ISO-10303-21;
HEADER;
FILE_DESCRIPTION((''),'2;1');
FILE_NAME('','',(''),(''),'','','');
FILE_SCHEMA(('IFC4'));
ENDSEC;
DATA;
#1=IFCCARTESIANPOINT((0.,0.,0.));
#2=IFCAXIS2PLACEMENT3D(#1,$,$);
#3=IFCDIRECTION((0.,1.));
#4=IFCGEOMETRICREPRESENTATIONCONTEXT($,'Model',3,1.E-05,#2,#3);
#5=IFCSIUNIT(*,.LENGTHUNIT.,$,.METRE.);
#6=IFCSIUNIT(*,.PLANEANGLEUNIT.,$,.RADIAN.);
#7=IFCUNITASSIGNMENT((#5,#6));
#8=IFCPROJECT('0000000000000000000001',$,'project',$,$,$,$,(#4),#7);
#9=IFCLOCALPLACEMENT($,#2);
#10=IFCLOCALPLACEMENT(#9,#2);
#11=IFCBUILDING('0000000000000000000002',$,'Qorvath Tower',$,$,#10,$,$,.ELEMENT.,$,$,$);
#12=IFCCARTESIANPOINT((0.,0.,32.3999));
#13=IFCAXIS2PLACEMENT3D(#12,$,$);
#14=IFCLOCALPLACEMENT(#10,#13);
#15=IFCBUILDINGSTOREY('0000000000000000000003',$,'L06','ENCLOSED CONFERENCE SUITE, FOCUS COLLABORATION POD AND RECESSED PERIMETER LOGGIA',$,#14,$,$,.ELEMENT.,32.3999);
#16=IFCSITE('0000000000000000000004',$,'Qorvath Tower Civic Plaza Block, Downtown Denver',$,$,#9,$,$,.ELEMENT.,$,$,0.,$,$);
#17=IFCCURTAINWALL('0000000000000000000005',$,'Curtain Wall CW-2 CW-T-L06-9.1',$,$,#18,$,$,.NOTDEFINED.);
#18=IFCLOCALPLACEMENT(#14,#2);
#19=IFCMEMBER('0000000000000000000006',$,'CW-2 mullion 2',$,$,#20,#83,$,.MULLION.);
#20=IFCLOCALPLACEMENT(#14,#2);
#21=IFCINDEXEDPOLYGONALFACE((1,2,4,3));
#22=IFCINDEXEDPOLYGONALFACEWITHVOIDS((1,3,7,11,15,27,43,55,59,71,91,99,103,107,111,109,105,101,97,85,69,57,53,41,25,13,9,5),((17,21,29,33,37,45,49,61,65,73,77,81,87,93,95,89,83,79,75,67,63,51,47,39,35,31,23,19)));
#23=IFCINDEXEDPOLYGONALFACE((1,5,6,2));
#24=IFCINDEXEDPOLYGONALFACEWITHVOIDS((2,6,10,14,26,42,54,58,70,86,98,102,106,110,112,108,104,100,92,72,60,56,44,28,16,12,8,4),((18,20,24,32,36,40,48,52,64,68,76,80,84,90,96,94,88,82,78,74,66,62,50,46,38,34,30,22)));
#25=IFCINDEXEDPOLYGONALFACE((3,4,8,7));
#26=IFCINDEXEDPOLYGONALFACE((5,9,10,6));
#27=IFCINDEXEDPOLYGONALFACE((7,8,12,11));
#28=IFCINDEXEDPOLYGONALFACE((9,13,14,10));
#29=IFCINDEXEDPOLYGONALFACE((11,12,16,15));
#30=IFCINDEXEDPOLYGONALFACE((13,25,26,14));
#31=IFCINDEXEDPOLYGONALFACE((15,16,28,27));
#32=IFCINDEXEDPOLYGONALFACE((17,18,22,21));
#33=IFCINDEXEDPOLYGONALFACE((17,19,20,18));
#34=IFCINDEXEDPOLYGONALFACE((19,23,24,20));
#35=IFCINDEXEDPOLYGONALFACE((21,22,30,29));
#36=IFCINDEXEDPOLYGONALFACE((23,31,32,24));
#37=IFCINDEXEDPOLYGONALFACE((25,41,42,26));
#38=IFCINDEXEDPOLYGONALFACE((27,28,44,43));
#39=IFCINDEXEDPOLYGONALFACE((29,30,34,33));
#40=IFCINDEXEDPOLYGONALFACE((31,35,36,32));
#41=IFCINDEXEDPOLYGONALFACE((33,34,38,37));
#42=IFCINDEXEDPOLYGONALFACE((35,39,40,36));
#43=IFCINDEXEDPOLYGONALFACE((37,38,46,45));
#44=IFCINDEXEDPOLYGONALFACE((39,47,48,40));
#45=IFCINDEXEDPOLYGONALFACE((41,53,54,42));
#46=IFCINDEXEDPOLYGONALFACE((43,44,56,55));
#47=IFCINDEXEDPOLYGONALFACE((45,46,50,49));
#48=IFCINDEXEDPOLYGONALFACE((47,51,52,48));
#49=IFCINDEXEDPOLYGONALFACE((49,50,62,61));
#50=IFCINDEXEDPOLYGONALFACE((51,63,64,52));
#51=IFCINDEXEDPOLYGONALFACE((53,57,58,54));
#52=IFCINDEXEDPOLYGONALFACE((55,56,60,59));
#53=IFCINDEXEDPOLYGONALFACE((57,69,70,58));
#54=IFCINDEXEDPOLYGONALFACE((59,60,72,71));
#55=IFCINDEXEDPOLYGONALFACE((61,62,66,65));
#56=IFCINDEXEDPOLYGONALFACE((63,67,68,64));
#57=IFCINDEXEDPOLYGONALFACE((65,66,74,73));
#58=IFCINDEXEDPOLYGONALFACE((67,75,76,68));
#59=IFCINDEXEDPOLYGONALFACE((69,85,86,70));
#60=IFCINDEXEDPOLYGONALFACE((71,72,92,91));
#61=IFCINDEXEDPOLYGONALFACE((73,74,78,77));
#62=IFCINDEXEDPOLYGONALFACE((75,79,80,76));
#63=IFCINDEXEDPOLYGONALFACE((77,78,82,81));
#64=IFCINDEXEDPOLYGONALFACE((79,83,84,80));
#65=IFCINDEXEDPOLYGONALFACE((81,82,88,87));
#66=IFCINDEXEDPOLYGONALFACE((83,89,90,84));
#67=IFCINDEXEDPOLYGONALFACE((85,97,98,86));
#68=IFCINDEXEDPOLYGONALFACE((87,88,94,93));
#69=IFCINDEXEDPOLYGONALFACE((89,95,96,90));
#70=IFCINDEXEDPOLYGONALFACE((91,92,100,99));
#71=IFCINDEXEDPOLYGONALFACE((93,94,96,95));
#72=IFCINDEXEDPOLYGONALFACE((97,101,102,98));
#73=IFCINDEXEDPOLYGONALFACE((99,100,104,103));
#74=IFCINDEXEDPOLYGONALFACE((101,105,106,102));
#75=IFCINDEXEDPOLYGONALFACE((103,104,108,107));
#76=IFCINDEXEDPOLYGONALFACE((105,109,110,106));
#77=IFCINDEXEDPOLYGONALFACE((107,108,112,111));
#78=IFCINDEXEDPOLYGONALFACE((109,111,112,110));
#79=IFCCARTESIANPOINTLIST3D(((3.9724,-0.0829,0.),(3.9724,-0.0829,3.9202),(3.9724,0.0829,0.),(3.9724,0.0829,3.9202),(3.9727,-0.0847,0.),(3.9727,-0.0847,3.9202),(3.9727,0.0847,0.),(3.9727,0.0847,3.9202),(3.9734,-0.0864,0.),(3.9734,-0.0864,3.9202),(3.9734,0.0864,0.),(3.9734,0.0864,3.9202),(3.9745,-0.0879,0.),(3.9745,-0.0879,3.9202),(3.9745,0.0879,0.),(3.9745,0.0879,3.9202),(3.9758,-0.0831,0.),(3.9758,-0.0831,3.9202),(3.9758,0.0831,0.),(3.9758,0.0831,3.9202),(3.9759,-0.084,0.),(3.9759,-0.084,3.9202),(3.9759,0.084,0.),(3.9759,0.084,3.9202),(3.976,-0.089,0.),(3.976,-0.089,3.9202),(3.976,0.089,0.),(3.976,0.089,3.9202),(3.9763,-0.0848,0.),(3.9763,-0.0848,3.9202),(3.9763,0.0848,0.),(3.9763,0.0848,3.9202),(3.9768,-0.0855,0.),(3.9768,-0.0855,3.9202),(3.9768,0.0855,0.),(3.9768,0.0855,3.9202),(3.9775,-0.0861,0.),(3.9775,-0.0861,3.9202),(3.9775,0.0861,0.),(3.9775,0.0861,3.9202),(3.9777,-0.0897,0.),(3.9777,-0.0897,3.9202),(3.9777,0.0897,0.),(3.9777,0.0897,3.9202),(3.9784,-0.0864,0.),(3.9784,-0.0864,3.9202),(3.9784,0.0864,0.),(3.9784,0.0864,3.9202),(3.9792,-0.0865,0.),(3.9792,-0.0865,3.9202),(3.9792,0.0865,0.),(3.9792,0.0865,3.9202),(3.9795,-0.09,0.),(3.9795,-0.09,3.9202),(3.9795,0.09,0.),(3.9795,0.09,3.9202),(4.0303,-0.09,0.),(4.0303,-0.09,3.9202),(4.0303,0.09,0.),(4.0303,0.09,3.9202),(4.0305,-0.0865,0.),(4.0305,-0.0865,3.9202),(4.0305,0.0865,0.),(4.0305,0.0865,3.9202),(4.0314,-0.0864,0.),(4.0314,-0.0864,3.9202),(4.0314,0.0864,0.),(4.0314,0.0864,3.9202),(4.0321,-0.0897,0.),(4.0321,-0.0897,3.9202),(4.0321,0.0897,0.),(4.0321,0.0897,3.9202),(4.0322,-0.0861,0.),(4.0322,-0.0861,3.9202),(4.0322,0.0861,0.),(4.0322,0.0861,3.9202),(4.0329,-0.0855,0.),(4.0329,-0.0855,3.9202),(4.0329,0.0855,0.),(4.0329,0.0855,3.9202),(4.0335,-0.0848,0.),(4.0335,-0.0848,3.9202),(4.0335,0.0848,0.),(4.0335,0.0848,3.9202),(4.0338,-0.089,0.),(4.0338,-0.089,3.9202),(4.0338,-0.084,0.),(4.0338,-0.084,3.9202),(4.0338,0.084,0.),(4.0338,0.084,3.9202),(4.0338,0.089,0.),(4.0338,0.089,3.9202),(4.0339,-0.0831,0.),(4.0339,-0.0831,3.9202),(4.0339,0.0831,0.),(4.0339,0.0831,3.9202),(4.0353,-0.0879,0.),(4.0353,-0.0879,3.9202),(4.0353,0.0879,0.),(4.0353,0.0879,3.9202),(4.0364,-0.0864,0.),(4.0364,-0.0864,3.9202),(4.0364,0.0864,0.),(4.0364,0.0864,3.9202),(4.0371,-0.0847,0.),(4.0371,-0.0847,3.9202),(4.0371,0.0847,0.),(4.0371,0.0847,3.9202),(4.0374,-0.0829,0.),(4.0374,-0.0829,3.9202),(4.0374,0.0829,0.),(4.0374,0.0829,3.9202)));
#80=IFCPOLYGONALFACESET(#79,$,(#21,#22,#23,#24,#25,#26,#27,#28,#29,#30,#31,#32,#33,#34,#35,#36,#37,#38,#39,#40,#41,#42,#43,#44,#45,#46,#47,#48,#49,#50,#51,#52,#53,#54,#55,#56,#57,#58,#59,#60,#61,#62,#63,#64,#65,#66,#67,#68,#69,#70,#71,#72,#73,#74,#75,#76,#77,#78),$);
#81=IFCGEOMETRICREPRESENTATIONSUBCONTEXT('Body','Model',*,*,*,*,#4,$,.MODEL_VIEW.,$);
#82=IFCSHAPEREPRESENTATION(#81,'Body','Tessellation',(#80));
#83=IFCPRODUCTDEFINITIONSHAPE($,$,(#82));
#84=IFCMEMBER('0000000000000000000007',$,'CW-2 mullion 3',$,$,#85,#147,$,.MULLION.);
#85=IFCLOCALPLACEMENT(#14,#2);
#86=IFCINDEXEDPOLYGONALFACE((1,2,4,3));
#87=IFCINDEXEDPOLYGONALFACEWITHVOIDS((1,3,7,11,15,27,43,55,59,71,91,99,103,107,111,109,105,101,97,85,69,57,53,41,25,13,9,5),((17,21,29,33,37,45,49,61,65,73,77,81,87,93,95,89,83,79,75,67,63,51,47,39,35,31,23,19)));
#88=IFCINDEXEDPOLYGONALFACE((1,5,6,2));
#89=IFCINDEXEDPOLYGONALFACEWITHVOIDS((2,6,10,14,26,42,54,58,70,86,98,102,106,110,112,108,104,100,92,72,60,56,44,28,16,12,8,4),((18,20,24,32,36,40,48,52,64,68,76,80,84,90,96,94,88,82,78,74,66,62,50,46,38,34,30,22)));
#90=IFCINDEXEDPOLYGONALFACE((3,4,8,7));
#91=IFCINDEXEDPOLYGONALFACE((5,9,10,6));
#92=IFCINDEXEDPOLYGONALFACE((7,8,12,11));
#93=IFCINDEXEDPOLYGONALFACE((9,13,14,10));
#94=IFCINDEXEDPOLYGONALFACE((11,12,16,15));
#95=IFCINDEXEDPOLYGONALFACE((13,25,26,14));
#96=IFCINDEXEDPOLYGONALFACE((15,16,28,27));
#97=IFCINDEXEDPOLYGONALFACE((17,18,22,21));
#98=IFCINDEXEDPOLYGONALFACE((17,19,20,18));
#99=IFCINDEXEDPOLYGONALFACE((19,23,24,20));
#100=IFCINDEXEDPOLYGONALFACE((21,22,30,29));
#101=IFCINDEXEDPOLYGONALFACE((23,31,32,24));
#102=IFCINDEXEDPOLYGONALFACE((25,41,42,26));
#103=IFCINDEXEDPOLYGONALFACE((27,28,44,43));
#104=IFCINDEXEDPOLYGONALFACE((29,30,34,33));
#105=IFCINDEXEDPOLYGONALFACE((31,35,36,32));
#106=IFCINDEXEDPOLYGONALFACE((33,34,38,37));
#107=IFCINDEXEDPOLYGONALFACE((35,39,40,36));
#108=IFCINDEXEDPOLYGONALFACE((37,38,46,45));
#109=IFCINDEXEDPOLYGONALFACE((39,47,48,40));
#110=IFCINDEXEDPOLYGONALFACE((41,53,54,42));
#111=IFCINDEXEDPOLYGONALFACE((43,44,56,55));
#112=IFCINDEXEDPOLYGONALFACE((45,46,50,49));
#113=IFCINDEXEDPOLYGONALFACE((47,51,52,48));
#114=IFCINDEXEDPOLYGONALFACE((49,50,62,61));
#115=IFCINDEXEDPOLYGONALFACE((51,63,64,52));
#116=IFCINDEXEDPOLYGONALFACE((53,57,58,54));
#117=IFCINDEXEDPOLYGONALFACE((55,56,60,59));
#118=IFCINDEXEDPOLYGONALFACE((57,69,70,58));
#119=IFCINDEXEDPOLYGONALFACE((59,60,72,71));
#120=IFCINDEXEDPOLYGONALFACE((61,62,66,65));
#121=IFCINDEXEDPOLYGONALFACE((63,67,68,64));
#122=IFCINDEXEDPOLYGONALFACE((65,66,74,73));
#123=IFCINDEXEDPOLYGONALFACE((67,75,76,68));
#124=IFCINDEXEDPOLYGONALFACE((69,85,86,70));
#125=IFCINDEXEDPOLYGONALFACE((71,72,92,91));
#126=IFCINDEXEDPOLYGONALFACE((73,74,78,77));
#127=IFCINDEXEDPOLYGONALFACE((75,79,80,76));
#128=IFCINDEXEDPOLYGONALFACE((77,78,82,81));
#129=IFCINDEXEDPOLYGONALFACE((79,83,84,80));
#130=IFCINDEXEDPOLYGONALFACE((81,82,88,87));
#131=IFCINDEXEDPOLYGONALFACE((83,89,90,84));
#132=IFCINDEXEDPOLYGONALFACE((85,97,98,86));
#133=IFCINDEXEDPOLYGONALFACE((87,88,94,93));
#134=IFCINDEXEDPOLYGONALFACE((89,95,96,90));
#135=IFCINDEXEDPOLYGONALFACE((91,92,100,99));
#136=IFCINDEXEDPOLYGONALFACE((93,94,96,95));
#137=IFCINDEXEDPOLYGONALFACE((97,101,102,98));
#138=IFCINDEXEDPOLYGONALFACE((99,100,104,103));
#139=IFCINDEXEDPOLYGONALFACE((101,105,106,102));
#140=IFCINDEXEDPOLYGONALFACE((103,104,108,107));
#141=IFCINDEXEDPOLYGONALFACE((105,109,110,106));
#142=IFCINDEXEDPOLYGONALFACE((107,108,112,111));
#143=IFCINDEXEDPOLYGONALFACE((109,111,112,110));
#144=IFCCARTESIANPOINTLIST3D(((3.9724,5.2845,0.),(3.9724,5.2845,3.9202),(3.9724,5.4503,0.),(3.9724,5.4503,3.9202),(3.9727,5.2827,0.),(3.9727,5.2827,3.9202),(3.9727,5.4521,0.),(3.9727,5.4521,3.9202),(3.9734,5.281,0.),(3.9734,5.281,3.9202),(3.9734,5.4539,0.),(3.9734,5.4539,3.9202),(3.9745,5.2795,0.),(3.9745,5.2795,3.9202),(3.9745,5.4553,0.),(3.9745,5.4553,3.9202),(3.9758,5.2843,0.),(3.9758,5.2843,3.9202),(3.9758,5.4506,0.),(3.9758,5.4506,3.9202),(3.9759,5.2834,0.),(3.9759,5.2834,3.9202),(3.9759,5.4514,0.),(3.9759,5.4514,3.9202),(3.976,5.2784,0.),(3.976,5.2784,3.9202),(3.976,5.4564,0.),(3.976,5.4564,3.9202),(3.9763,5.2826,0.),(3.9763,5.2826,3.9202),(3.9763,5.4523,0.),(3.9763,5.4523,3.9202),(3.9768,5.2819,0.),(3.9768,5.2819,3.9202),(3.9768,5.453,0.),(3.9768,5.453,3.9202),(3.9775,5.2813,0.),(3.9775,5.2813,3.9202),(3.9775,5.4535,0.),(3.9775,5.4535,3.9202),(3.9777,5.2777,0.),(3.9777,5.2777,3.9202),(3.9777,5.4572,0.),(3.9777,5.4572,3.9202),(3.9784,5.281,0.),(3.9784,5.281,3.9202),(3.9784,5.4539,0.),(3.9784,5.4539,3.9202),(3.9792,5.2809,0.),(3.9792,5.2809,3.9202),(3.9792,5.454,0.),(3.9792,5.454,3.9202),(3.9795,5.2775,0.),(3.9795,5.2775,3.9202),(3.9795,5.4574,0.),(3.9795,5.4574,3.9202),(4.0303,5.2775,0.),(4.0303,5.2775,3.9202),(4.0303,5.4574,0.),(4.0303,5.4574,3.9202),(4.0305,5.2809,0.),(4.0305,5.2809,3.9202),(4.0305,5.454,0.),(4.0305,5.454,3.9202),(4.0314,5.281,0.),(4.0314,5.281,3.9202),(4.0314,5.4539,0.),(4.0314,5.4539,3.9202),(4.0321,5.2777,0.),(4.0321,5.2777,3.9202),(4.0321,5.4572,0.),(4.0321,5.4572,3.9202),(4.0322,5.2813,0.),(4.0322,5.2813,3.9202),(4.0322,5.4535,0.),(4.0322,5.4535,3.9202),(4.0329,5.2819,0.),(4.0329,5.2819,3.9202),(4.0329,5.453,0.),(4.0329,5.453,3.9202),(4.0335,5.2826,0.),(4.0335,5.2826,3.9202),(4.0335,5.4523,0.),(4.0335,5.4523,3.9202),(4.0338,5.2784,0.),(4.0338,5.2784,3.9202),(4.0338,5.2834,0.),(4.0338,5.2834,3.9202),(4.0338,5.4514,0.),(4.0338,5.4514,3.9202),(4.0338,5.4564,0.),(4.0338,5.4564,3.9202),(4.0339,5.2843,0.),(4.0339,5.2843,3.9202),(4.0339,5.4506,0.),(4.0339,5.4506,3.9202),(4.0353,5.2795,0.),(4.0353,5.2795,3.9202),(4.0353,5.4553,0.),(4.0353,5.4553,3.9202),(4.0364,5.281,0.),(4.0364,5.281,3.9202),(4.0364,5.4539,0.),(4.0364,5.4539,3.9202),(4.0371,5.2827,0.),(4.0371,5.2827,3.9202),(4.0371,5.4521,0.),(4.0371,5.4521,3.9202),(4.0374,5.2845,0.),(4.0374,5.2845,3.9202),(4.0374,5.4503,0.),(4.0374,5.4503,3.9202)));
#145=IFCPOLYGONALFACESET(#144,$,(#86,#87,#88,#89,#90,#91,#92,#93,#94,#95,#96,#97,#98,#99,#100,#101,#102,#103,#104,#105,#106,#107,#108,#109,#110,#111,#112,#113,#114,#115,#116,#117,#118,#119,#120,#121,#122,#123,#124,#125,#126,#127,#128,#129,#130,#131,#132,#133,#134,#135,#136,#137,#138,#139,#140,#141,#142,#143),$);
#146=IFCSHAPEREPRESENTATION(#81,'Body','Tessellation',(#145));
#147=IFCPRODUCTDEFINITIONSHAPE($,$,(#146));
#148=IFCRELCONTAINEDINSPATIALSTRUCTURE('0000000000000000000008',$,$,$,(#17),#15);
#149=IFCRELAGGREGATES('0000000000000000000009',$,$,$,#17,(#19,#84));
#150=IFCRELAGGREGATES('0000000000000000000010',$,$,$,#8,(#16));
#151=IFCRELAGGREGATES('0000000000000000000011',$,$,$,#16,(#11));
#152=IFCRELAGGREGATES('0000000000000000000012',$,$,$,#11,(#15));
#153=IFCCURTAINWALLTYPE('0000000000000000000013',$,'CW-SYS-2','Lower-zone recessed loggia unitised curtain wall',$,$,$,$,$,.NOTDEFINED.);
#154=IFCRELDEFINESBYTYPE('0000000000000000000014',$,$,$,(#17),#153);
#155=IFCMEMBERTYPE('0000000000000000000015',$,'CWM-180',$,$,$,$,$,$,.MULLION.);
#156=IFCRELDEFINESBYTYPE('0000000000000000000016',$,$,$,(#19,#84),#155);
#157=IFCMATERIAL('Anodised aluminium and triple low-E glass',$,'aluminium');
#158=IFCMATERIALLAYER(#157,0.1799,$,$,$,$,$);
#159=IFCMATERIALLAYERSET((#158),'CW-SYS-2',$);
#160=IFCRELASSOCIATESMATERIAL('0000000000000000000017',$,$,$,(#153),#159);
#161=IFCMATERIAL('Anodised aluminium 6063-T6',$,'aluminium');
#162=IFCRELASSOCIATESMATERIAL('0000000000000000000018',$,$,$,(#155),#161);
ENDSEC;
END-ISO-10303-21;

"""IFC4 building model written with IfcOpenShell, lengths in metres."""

from ifc_helpers import new_model, si_unit, direction, frame, origin, origin_2d, place, context, subcontext, project, spatial, hollow_rectangle, extrude, material, layer, layer_set, material_profile, profile_set, type_object, element, aggregate, save


model = new_model("IFC4")

# Units and contexts
model_context = context("Model", 3, precision=1e-05, world=origin(), true_north=direction((0.0, 1.0)))
body_context = subcontext(model_context, "Body", "Model", "MODEL_VIEW")
ifc_project = project(units=[si_unit("LENGTHUNIT", "METRE"), si_unit("PLANEANGLEUNIT", "RADIAN")], contexts=[model_context])

# Site, building, storey
site_placement = place(None, origin())
site = spatial("IfcSite", under=ifc_project, at=site_placement, Name="Qorvath Tower Civic Plaza Block, Downtown Denver", CompositionType="ELEMENT", RefElevation=0.0)
building_placement = place(site_placement, origin())
building = spatial("IfcBuilding", under=site, at=building_placement, Name="Qorvath Tower", CompositionType="ELEMENT")
storey_placement = place(building_placement, frame((0.0, 0.0, 32.3999)))
storey = spatial("IfcBuildingStorey", under=building, at=storey_placement, Name="L06", Description="ENCLOSED CONFERENCE SUITE, FOCUS COLLABORATION POD AND RECESSED PERIMETER LOGGIA", CompositionType="ELEMENT", Elevation=32.3999)

# Curtain wall, members
ifc_material_1 = material(Name="Anodised aluminium and triple low-E glass", Category="aluminium")
ifc_layer_1 = layer(ifc_material_1, 0.1799)
ifc_layer_set_1 = layer_set([ifc_layer_1], Name="CW-SYS-2")
curtain_wall_type = type_object("IfcCurtainWallType", Name="CW-SYS-2", Description="Lower-zone recessed loggia unitised curtain wall", PredefinedType="NOTDEFINED", material=ifc_layer_set_1)
curtain_wall_1_placement = place(storey_placement, origin())
curtain_wall_1 = element("IfcCurtainWall", 1, at=curtain_wall_1_placement, inside=storey, type_object=curtain_wall_type, Name="Curtain Wall CW-2 CW-T-L06-9.1", PredefinedType="NOTDEFINED")
ifc_material_2 = material(Name="Anodised aluminium 6063-T6", Category="aluminium")
ifc_material_profile_1 = material_profile(ifc_material_2, hollow_rectangle(XDim=0.0649, YDim=0.1799, WallThickness=0.0034, InnerFilletRadius=0.0034, OuterFilletRadius=0.0071, at=origin_2d()), Name="CWM 180x65")
ifc_profile_set_1 = profile_set([ifc_material_profile_1], Name="Anodised aluminium 6063-T6")
member_type_1 = type_object("IfcMemberType", Name="CWM-180", PredefinedType="MULLION", material=ifc_profile_set_1)
member_1_placement = place(storey_placement, frame((4.0049, 0.0, 0.0), z_axis=(0.0, 0.0, 1.0), x_axis=(-1.0, 0.0, 0.0)))
member_1 = element("IfcMember", 2, at=member_1_placement, type_object=member_type_1, Name="CW-2 mullion 2", PredefinedType="MULLION", context=body_context, shape_type="SweptSolid", body=[
    extrude(hollow_rectangle(XDim=0.0649, YDim=0.1799, WallThickness=0.0034, InnerFilletRadius=0.0034, OuterFilletRadius=0.0071, at=origin_2d()), origin(), (0.0, 0.0, 1.0), 3.9202),
])
member_2_placement = place(storey_placement, frame((4.0049, 5.3674, 0.0), z_axis=(0.0, 0.0, 1.0), x_axis=(-1.0, 0.0, 0.0)))
member_2 = element("IfcMember", 3, at=member_2_placement, type_object=member_type_1, Name="CW-2 mullion 3", PredefinedType="MULLION", context=body_context, shape_type="SweptSolid", body=[
    extrude(hollow_rectangle(XDim=0.0649, YDim=0.1799, WallThickness=0.0034, InnerFilletRadius=0.0034, OuterFilletRadius=0.0071, at=origin_2d()), origin(), (0.0, 0.0, 1.0), 3.9202),
])

aggregate(curtain_wall_1, [member_1, member_2])

save(model, "model.ifc")
